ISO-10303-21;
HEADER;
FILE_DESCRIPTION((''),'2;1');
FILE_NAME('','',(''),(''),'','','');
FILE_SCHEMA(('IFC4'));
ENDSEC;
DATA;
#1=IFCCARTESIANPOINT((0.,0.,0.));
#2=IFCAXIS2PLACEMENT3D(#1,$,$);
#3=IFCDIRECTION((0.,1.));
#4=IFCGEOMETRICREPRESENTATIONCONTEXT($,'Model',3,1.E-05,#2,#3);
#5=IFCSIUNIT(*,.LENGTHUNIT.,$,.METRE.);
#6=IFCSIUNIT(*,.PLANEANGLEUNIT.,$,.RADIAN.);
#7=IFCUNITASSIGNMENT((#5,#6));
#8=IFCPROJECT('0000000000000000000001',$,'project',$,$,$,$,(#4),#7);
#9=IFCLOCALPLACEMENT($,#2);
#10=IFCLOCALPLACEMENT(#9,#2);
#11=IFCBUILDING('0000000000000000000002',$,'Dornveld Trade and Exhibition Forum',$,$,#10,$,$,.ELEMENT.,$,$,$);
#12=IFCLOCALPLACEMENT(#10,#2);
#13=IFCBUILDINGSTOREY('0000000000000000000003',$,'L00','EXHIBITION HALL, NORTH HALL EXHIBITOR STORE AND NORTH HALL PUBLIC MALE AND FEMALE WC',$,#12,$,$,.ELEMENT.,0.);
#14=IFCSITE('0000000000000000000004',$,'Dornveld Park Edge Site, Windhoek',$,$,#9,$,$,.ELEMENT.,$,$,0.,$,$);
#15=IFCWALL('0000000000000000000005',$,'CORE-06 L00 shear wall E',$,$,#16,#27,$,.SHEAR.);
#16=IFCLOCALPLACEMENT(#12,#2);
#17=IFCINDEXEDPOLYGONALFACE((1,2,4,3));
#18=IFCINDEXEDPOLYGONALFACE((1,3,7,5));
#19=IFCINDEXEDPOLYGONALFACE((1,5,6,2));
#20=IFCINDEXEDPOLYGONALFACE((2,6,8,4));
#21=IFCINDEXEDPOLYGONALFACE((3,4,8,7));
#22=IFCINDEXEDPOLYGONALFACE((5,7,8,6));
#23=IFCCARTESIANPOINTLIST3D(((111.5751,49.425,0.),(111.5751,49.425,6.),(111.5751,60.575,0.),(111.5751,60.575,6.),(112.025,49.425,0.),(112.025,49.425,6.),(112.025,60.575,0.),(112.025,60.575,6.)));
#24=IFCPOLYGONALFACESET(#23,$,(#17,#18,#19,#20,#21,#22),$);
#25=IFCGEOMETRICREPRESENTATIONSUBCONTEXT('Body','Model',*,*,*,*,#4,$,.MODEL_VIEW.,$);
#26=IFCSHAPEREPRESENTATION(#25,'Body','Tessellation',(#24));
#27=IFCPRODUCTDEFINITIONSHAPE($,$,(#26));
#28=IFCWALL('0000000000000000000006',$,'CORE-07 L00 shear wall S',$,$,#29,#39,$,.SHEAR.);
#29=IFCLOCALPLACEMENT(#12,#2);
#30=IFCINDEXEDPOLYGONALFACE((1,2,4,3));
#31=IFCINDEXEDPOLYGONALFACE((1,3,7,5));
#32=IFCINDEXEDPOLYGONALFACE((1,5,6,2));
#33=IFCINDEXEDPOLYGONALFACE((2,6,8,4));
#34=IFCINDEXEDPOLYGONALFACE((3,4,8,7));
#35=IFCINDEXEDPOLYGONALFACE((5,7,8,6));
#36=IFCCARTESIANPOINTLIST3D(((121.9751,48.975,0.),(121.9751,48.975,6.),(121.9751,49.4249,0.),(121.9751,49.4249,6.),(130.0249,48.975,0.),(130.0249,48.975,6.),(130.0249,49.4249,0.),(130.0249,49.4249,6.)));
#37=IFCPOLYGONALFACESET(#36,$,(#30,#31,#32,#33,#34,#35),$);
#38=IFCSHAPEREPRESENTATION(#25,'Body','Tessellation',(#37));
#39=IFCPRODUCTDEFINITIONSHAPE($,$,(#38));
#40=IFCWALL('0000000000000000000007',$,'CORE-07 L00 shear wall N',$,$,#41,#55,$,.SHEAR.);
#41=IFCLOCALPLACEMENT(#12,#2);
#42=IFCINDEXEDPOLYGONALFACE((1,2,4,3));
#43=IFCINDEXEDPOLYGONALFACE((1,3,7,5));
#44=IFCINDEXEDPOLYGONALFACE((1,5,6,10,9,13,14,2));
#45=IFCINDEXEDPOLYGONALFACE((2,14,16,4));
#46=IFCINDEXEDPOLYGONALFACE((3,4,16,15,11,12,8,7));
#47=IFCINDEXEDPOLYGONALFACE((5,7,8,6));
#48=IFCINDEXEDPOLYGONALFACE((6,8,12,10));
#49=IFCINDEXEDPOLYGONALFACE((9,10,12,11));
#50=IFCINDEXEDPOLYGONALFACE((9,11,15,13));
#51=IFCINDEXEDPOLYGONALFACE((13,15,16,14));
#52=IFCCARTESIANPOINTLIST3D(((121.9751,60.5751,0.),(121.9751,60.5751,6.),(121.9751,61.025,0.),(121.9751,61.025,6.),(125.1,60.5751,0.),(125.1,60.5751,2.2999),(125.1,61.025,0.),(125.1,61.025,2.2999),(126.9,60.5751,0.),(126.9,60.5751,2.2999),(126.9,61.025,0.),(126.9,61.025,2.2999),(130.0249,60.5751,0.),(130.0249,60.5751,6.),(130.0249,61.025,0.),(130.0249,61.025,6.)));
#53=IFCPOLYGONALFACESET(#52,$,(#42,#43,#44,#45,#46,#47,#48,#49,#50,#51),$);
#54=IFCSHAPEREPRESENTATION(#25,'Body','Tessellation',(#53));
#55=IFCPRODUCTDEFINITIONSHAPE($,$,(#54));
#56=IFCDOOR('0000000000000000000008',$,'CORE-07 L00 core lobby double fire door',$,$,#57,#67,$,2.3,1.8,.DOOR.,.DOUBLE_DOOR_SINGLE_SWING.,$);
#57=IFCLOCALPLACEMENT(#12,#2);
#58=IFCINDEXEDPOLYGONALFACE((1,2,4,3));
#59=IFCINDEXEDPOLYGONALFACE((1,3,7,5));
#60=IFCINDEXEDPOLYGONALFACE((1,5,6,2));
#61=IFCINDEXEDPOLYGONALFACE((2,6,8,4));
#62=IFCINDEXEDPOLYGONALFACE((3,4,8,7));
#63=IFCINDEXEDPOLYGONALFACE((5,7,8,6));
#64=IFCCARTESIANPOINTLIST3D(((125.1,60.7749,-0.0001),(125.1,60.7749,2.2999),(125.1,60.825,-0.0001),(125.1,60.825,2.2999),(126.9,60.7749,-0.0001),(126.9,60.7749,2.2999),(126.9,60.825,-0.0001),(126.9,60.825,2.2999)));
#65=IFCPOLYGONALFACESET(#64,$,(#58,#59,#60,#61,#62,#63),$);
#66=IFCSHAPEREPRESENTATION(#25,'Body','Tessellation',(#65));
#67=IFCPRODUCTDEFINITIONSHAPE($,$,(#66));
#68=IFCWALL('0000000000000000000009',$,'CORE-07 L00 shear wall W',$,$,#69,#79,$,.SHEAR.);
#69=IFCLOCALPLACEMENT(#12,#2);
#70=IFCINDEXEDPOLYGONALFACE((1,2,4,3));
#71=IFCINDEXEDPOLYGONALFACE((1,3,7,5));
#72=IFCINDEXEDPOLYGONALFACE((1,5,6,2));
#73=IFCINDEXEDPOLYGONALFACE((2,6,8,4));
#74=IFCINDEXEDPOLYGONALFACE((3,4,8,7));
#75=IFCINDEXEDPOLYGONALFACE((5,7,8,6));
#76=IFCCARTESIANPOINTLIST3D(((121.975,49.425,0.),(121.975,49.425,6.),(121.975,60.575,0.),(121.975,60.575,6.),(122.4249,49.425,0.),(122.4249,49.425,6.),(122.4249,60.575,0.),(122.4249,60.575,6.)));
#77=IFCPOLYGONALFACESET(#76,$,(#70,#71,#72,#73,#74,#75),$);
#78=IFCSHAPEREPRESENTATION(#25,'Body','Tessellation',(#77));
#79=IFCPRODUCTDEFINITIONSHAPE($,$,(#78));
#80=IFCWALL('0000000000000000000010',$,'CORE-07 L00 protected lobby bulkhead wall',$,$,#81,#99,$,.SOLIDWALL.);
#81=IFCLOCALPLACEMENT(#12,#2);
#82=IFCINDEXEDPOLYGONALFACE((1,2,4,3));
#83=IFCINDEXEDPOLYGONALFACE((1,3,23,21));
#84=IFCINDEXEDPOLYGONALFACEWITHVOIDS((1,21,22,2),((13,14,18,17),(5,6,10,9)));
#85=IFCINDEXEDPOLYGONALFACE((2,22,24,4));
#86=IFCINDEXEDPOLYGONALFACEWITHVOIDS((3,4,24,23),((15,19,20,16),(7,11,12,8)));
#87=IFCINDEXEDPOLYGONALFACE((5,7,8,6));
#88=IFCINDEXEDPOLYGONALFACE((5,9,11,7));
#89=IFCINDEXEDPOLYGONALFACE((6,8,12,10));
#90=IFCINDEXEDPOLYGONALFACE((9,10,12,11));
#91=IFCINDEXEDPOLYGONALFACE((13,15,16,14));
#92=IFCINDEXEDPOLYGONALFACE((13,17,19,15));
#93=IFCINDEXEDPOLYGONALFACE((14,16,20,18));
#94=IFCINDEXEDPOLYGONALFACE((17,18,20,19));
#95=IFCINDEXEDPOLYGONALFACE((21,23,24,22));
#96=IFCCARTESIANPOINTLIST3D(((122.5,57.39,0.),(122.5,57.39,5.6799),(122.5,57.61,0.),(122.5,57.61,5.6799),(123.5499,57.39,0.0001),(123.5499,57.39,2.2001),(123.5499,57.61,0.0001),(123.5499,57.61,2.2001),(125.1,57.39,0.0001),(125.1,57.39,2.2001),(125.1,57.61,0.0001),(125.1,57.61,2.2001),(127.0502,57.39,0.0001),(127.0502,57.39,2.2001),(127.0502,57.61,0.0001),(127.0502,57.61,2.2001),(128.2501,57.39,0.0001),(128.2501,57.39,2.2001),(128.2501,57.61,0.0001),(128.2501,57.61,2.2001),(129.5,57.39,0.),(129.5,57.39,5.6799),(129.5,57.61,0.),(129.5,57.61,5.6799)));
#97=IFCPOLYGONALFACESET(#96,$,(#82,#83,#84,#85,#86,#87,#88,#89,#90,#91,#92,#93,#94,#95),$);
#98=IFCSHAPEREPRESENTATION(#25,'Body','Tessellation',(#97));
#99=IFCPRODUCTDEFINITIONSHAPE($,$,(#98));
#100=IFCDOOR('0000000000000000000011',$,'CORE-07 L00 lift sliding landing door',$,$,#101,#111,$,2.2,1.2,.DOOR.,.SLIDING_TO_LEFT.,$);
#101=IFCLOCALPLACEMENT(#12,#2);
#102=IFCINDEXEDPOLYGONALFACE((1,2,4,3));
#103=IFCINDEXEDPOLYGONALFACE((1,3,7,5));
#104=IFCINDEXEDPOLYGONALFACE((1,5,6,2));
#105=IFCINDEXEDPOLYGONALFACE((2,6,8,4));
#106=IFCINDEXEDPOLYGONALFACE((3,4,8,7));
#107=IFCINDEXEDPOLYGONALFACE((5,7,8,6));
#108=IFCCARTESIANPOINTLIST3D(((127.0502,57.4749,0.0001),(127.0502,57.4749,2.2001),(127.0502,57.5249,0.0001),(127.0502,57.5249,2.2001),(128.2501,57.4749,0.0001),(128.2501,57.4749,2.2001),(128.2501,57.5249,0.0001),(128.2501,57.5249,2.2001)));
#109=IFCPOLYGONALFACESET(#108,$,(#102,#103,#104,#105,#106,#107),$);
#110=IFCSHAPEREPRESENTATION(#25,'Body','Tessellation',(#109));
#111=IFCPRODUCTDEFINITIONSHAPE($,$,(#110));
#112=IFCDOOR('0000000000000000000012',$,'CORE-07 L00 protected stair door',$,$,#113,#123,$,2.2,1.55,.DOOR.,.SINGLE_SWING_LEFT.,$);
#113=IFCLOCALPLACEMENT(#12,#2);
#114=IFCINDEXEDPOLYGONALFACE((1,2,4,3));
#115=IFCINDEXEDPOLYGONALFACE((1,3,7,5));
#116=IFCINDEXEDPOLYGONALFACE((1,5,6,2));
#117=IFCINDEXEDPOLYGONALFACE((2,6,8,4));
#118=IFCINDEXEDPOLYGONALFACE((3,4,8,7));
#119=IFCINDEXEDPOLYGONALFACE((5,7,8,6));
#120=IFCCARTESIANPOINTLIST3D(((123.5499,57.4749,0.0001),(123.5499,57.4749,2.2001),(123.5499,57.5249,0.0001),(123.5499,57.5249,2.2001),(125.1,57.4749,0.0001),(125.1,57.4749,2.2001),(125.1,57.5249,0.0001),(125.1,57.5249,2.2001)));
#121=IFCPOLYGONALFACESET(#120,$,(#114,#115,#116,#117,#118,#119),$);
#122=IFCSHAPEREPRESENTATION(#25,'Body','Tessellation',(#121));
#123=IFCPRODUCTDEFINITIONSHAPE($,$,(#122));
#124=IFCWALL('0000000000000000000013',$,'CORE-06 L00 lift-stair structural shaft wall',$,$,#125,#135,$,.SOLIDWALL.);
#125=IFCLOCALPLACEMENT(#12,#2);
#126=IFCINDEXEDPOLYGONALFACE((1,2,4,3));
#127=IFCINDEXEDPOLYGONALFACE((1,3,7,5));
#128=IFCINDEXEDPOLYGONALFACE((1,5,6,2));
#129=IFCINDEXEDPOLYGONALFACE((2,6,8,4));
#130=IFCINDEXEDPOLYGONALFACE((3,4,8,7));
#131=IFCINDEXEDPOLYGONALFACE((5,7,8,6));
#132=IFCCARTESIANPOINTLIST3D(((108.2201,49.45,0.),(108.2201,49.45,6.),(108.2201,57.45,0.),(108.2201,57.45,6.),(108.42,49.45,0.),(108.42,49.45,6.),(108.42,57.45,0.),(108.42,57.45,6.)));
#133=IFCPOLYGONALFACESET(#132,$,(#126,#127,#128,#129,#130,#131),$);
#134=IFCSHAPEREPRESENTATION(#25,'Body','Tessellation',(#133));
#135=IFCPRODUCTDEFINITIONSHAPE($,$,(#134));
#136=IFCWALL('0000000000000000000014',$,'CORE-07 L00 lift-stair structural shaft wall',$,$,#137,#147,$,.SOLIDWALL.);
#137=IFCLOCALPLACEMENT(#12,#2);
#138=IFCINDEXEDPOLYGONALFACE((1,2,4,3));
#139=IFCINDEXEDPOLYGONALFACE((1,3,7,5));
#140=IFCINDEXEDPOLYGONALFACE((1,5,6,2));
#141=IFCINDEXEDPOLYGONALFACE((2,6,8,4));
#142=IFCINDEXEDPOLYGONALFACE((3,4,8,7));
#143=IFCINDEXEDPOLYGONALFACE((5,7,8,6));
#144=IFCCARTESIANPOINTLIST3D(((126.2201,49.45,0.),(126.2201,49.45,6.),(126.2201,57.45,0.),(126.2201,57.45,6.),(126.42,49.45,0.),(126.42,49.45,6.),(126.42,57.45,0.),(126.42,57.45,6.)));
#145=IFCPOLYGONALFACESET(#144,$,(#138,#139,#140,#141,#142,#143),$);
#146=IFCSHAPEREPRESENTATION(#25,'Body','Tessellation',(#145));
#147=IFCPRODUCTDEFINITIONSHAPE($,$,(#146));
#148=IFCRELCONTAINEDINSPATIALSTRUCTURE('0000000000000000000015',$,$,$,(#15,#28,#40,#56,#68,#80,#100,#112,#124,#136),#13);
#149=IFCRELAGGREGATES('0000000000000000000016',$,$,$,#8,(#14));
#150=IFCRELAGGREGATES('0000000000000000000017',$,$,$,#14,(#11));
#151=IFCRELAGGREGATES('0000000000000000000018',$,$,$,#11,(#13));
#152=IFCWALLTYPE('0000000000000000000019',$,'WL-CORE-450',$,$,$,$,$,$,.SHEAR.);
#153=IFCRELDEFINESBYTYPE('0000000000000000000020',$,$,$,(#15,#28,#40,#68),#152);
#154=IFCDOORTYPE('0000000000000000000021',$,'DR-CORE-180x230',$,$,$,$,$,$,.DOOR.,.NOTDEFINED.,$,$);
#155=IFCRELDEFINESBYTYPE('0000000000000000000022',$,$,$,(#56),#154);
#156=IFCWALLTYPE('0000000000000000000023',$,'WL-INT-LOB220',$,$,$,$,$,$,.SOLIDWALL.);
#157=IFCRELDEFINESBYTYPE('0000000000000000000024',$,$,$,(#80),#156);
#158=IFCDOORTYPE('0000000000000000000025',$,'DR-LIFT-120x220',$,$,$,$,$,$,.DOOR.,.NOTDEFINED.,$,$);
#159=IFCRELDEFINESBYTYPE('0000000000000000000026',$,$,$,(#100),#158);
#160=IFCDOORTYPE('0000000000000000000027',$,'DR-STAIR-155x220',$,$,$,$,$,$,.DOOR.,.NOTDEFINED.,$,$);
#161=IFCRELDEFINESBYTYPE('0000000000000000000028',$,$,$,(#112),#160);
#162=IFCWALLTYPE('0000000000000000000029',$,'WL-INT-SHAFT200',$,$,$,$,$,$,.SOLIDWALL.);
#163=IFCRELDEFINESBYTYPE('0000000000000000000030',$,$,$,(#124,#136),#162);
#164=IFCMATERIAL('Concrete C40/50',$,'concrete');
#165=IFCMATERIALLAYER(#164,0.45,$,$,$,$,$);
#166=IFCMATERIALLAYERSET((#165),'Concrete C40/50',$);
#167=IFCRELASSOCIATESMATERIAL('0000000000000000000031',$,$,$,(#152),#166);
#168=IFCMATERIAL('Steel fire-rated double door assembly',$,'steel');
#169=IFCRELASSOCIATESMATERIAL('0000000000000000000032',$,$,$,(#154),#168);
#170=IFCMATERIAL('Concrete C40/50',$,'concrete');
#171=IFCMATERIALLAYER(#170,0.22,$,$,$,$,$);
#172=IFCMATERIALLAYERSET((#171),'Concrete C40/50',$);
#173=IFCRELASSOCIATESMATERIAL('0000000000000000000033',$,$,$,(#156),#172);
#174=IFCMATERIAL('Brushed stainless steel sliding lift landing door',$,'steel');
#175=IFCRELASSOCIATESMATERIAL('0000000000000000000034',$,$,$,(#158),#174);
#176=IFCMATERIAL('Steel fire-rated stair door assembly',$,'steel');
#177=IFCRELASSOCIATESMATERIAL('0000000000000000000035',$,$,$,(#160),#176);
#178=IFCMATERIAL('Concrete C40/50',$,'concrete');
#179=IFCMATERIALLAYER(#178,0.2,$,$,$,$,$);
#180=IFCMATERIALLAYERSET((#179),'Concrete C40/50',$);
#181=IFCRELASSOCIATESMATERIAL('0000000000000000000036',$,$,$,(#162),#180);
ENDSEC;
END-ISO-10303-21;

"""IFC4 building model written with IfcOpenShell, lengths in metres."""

from ifc_helpers import new_model, si_unit, direction, frame, frame_2d, origin, place, context, subcontext, project, spatial, rectangle, extrude, material, layer, layer_set, type_object, element, fill, save


model = new_model("IFC4")

# Units and contexts
model_context = context("Model", 3, precision=1e-05, world=origin(), true_north=direction((0.0, 1.0)))
body_context = subcontext(model_context, "Body", "Model", "MODEL_VIEW")
ifc_project = project(units=[si_unit("LENGTHUNIT", "METRE"), si_unit("PLANEANGLEUNIT", "RADIAN")], contexts=[model_context])

# Site, building, storey
site_placement = place(None, origin())
site = spatial("IfcSite", under=ifc_project, at=site_placement, Name="Dornveld Park Edge Site, Windhoek", CompositionType="ELEMENT", RefElevation=0.0)
building_placement = place(site_placement, origin())
building = spatial("IfcBuilding", under=site, at=building_placement, Name="Dornveld Trade and Exhibition Forum", CompositionType="ELEMENT")
storey_placement = place(building_placement, origin())
storey = spatial("IfcBuildingStorey", under=building, at=storey_placement, Name="L00", Description="EXHIBITION HALL, NORTH HALL EXHIBITOR STORE AND NORTH HALL PUBLIC MALE AND FEMALE WC", CompositionType="ELEMENT", Elevation=0.0)

# Walls
ifc_material_1 = material(Name="Concrete C40/50", Category="concrete")
ifc_layer_1 = layer(ifc_material_1, 0.45)
ifc_layer_set_1 = layer_set([ifc_layer_1], Name="Concrete C40/50")
wall_type_1 = type_object("IfcWallType", Name="WL-CORE-450", PredefinedType="SHEAR", material=ifc_layer_set_1)
wall_1_placement = place(storey_placement, frame((111.8, 49.425, 0.0), z_axis=(0.0, 0.0, 1.0), x_axis=(0.0, 1.0, 0.0)))
element("IfcWall", 1, at=wall_1_placement, inside=storey, type_object=wall_type_1, Name="CORE-06 L00 shear wall E", PredefinedType="SHEAR", context=body_context, shape_type="SweptSolid", body=[
    extrude(rectangle(XDim=11.1499, YDim=0.45, at=frame_2d((5.575, 0.0))), origin(), (0.0, 0.0, 1.0), 6.0),
])
wall_2_placement = place(storey_placement, frame((121.9751, 49.2, 0.0), z_axis=(0.0, 0.0, 1.0), x_axis=(1.0, 0.0, 0.0)))
element("IfcWall", 2, at=wall_2_placement, inside=storey, type_object=wall_type_1, Name="CORE-07 L00 shear wall S", PredefinedType="SHEAR", context=body_context, shape_type="SweptSolid", body=[
    extrude(rectangle(XDim=8.0498, YDim=0.45, at=frame_2d((4.0249, 0.0))), origin(), (0.0, 0.0, 1.0), 6.0),
])

# Wall, opening, door
wall_3_placement = place(storey_placement, frame((121.9751, 60.8, 0.0), z_axis=(0.0, 0.0, 1.0), x_axis=(1.0, 0.0, 0.0)))
wall_3 = element("IfcWall", 3, at=wall_3_placement, inside=storey, type_object=wall_type_1, Name="CORE-07 L00 shear wall N", PredefinedType="SHEAR", context=body_context, shape_type="SweptSolid", body=[
    extrude(rectangle(XDim=8.0498, YDim=0.45, at=frame_2d((4.0249, 0.0))), origin(), (0.0, 0.0, 1.0), 6.0),
])
opening_1_placement = place(wall_3_placement, frame((3.125, 0.0, 0.0)))
opening_1 = element("IfcOpeningElement", 4, at=opening_1_placement, cuts=wall_3, PredefinedType="OPENING", context=body_context, shape_type="SweptSolid", body=[
    extrude(rectangle(XDim=1.8, YDim=2.3, at=frame_2d((0.8999, 1.1499))), frame((0.0, 0.2349, 0.0), z_axis=(0.0, -1.0, 0.0), x_axis=(1.0, 0.0, 0.0)), (0.0, 0.0, 1.0), 0.47),
])
ifc_material_2 = material(Name="Steel fire-rated double door assembly", Category="steel")
door_type_1 = type_object("IfcDoorType", Name="DR-CORE-180x230", OperationType="NOTDEFINED", PredefinedType="DOOR", material=ifc_material_2)
door_1_placement = place(opening_1_placement, origin())
door_1 = element("IfcDoor", 5, at=door_1_placement, inside=storey, type_object=door_type_1, Name="CORE-07 L00 core lobby double fire door", OperationType="DOUBLE_DOOR_SINGLE_SWING", OverallHeight=2.3, OverallWidth=1.8, PredefinedType="DOOR", context=body_context, shape_type="SweptSolid", body=[
    extrude(rectangle(XDim=1.8, YDim=2.3, at=frame_2d((0.8999, 1.1499))), frame((0.0, 0.0249, 0.0), z_axis=(0.0, -1.0, 0.0), x_axis=(1.0, 0.0, 0.0)), (0.0, 0.0, 1.0), 0.05),
])
fill(opening_1, door_1)

# Wall
wall_4_placement = place(storey_placement, frame((122.2, 49.425, 0.0), z_axis=(0.0, 0.0, 1.0), x_axis=(0.0, 1.0, 0.0)))
element("IfcWall", 6, at=wall_4_placement, inside=storey, type_object=wall_type_1, Name="CORE-07 L00 shear wall W", PredefinedType="SHEAR", context=body_context, shape_type="SweptSolid", body=[
    extrude(rectangle(XDim=11.1499, YDim=0.45, at=frame_2d((5.575, 0.0))), origin(), (0.0, 0.0, 1.0), 6.0),
])

# Wall, openings, doors
ifc_material_3 = material(Name="Concrete C40/50", Category="concrete")
ifc_layer_2 = layer(ifc_material_3, 0.22)
ifc_layer_set_2 = layer_set([ifc_layer_2], Name="Concrete C40/50")
wall_type_2 = type_object("IfcWallType", Name="WL-INT-LOB220", PredefinedType="SOLIDWALL", material=ifc_layer_set_2)
wall_5_placement = place(storey_placement, frame((122.5, 57.5, 0.0), z_axis=(0.0, 0.0, 1.0), x_axis=(1.0, 0.0, 0.0)))
wall_5 = element("IfcWall", 7, at=wall_5_placement, inside=storey, type_object=wall_type_2, Name="CORE-07 L00 protected lobby bulkhead wall", PredefinedType="SOLIDWALL", context=body_context, shape_type="SweptSolid", body=[
    extrude(rectangle(XDim=7.0, YDim=0.22, at=frame_2d((3.5, 0.0))), origin(), (0.0, 0.0, 1.0), 5.6799),
])
opening_2_placement = place(wall_5_placement, frame((1.05, 0.0, 0.0)))
opening_2 = element("IfcOpeningElement", 8, at=opening_2_placement, cuts=wall_5, PredefinedType="OPENING", context=body_context, shape_type="SweptSolid", body=[
    extrude(rectangle(XDim=1.55, YDim=2.2, at=frame_2d((0.7749, 1.1001))), frame((0.0, 0.1199, 0.0), z_axis=(0.0, -1.0, 0.0), x_axis=(1.0, 0.0, 0.0)), (0.0, 0.0, 1.0), 0.24),
])
opening_3_placement = place(wall_5_placement, frame((4.55, 0.0, 0.0)))
opening_3 = element("IfcOpeningElement", 9, at=opening_3_placement, cuts=wall_5, PredefinedType="OPENING", context=body_context, shape_type="SweptSolid", body=[
    extrude(rectangle(XDim=1.2, YDim=2.2, at=frame_2d((0.6001, 1.1001))), frame((0.0, 0.1199, 0.0), z_axis=(0.0, -1.0, 0.0), x_axis=(1.0, 0.0, 0.0)), (0.0, 0.0, 1.0), 0.24),
])
ifc_material_4 = material(Name="Brushed stainless steel sliding lift landing door", Category="steel")
door_type_2 = type_object("IfcDoorType", Name="DR-LIFT-120x220", OperationType="NOTDEFINED", PredefinedType="DOOR", material=ifc_material_4)
door_2_placement = place(opening_3_placement, origin())
door_2 = element("IfcDoor", 10, at=door_2_placement, inside=storey, type_object=door_type_2, Name="CORE-07 L00 lift sliding landing door", OperationType="SLIDING_TO_LEFT", OverallHeight=2.2, OverallWidth=1.2, PredefinedType="DOOR", context=body_context, shape_type="SweptSolid", body=[
    extrude(rectangle(XDim=1.2, YDim=2.2, at=frame_2d((0.6001, 1.1001))), frame((0.0, 0.0249, 0.0), z_axis=(0.0, -1.0, 0.0), x_axis=(1.0, 0.0, 0.0)), (0.0, 0.0, 1.0), 0.05),
])
fill(opening_3, door_2)
ifc_material_5 = material(Name="Steel fire-rated stair door assembly", Category="steel")
door_type_3 = type_object("IfcDoorType", Name="DR-STAIR-155x220", OperationType="NOTDEFINED", PredefinedType="DOOR", material=ifc_material_5)
door_3_placement = place(opening_2_placement, origin())
door_3 = element("IfcDoor", 11, at=door_3_placement, inside=storey, type_object=door_type_3, Name="CORE-07 L00 protected stair door", OperationType="SINGLE_SWING_LEFT", OverallHeight=2.2, OverallWidth=1.55, PredefinedType="DOOR", context=body_context, shape_type="SweptSolid", body=[
    extrude(rectangle(XDim=1.55, YDim=2.2, at=frame_2d((0.7749, 1.1001))), frame((0.0, 0.0249, 0.0), z_axis=(0.0, -1.0, 0.0), x_axis=(1.0, 0.0, 0.0)), (0.0, 0.0, 1.0), 0.05),
])
fill(opening_2, door_3)

# Walls
ifc_material_6 = material(Name="Concrete C40/50", Category="concrete")
ifc_layer_3 = layer(ifc_material_6, 0.2)
ifc_layer_set_3 = layer_set([ifc_layer_3], Name="Concrete C40/50")
wall_type_3 = type_object("IfcWallType", Name="WL-INT-SHAFT200", PredefinedType="SOLIDWALL", material=ifc_layer_set_3)
for number, where, z_axis, x_axis, name in (
    (12, (108.3201, 49.45, 0.0), (0.0, 0.0, 1.0), (0.0, 1.0, 0.0), "CORE-06 L00 lift-stair structural shaft wall"),
    (13, (126.3201, 49.45, 0.0), (0.0, 0.0, 1.0), (0.0, 1.0, 0.0), "CORE-07 L00 lift-stair structural shaft wall"),
):
    element("IfcWall", number, at=place(storey_placement, frame(where, z_axis=z_axis, x_axis=x_axis)), inside=storey, type_object=wall_type_3, Name=name, PredefinedType="SOLIDWALL", context=body_context, shape_type="SweptSolid", body=[
        extrude(rectangle(XDim=8.0, YDim=0.2, at=frame_2d((4.0, 0.0))), origin(), (0.0, 0.0, 1.0), 6.0),
    ])

save(model, "model.ifc")
